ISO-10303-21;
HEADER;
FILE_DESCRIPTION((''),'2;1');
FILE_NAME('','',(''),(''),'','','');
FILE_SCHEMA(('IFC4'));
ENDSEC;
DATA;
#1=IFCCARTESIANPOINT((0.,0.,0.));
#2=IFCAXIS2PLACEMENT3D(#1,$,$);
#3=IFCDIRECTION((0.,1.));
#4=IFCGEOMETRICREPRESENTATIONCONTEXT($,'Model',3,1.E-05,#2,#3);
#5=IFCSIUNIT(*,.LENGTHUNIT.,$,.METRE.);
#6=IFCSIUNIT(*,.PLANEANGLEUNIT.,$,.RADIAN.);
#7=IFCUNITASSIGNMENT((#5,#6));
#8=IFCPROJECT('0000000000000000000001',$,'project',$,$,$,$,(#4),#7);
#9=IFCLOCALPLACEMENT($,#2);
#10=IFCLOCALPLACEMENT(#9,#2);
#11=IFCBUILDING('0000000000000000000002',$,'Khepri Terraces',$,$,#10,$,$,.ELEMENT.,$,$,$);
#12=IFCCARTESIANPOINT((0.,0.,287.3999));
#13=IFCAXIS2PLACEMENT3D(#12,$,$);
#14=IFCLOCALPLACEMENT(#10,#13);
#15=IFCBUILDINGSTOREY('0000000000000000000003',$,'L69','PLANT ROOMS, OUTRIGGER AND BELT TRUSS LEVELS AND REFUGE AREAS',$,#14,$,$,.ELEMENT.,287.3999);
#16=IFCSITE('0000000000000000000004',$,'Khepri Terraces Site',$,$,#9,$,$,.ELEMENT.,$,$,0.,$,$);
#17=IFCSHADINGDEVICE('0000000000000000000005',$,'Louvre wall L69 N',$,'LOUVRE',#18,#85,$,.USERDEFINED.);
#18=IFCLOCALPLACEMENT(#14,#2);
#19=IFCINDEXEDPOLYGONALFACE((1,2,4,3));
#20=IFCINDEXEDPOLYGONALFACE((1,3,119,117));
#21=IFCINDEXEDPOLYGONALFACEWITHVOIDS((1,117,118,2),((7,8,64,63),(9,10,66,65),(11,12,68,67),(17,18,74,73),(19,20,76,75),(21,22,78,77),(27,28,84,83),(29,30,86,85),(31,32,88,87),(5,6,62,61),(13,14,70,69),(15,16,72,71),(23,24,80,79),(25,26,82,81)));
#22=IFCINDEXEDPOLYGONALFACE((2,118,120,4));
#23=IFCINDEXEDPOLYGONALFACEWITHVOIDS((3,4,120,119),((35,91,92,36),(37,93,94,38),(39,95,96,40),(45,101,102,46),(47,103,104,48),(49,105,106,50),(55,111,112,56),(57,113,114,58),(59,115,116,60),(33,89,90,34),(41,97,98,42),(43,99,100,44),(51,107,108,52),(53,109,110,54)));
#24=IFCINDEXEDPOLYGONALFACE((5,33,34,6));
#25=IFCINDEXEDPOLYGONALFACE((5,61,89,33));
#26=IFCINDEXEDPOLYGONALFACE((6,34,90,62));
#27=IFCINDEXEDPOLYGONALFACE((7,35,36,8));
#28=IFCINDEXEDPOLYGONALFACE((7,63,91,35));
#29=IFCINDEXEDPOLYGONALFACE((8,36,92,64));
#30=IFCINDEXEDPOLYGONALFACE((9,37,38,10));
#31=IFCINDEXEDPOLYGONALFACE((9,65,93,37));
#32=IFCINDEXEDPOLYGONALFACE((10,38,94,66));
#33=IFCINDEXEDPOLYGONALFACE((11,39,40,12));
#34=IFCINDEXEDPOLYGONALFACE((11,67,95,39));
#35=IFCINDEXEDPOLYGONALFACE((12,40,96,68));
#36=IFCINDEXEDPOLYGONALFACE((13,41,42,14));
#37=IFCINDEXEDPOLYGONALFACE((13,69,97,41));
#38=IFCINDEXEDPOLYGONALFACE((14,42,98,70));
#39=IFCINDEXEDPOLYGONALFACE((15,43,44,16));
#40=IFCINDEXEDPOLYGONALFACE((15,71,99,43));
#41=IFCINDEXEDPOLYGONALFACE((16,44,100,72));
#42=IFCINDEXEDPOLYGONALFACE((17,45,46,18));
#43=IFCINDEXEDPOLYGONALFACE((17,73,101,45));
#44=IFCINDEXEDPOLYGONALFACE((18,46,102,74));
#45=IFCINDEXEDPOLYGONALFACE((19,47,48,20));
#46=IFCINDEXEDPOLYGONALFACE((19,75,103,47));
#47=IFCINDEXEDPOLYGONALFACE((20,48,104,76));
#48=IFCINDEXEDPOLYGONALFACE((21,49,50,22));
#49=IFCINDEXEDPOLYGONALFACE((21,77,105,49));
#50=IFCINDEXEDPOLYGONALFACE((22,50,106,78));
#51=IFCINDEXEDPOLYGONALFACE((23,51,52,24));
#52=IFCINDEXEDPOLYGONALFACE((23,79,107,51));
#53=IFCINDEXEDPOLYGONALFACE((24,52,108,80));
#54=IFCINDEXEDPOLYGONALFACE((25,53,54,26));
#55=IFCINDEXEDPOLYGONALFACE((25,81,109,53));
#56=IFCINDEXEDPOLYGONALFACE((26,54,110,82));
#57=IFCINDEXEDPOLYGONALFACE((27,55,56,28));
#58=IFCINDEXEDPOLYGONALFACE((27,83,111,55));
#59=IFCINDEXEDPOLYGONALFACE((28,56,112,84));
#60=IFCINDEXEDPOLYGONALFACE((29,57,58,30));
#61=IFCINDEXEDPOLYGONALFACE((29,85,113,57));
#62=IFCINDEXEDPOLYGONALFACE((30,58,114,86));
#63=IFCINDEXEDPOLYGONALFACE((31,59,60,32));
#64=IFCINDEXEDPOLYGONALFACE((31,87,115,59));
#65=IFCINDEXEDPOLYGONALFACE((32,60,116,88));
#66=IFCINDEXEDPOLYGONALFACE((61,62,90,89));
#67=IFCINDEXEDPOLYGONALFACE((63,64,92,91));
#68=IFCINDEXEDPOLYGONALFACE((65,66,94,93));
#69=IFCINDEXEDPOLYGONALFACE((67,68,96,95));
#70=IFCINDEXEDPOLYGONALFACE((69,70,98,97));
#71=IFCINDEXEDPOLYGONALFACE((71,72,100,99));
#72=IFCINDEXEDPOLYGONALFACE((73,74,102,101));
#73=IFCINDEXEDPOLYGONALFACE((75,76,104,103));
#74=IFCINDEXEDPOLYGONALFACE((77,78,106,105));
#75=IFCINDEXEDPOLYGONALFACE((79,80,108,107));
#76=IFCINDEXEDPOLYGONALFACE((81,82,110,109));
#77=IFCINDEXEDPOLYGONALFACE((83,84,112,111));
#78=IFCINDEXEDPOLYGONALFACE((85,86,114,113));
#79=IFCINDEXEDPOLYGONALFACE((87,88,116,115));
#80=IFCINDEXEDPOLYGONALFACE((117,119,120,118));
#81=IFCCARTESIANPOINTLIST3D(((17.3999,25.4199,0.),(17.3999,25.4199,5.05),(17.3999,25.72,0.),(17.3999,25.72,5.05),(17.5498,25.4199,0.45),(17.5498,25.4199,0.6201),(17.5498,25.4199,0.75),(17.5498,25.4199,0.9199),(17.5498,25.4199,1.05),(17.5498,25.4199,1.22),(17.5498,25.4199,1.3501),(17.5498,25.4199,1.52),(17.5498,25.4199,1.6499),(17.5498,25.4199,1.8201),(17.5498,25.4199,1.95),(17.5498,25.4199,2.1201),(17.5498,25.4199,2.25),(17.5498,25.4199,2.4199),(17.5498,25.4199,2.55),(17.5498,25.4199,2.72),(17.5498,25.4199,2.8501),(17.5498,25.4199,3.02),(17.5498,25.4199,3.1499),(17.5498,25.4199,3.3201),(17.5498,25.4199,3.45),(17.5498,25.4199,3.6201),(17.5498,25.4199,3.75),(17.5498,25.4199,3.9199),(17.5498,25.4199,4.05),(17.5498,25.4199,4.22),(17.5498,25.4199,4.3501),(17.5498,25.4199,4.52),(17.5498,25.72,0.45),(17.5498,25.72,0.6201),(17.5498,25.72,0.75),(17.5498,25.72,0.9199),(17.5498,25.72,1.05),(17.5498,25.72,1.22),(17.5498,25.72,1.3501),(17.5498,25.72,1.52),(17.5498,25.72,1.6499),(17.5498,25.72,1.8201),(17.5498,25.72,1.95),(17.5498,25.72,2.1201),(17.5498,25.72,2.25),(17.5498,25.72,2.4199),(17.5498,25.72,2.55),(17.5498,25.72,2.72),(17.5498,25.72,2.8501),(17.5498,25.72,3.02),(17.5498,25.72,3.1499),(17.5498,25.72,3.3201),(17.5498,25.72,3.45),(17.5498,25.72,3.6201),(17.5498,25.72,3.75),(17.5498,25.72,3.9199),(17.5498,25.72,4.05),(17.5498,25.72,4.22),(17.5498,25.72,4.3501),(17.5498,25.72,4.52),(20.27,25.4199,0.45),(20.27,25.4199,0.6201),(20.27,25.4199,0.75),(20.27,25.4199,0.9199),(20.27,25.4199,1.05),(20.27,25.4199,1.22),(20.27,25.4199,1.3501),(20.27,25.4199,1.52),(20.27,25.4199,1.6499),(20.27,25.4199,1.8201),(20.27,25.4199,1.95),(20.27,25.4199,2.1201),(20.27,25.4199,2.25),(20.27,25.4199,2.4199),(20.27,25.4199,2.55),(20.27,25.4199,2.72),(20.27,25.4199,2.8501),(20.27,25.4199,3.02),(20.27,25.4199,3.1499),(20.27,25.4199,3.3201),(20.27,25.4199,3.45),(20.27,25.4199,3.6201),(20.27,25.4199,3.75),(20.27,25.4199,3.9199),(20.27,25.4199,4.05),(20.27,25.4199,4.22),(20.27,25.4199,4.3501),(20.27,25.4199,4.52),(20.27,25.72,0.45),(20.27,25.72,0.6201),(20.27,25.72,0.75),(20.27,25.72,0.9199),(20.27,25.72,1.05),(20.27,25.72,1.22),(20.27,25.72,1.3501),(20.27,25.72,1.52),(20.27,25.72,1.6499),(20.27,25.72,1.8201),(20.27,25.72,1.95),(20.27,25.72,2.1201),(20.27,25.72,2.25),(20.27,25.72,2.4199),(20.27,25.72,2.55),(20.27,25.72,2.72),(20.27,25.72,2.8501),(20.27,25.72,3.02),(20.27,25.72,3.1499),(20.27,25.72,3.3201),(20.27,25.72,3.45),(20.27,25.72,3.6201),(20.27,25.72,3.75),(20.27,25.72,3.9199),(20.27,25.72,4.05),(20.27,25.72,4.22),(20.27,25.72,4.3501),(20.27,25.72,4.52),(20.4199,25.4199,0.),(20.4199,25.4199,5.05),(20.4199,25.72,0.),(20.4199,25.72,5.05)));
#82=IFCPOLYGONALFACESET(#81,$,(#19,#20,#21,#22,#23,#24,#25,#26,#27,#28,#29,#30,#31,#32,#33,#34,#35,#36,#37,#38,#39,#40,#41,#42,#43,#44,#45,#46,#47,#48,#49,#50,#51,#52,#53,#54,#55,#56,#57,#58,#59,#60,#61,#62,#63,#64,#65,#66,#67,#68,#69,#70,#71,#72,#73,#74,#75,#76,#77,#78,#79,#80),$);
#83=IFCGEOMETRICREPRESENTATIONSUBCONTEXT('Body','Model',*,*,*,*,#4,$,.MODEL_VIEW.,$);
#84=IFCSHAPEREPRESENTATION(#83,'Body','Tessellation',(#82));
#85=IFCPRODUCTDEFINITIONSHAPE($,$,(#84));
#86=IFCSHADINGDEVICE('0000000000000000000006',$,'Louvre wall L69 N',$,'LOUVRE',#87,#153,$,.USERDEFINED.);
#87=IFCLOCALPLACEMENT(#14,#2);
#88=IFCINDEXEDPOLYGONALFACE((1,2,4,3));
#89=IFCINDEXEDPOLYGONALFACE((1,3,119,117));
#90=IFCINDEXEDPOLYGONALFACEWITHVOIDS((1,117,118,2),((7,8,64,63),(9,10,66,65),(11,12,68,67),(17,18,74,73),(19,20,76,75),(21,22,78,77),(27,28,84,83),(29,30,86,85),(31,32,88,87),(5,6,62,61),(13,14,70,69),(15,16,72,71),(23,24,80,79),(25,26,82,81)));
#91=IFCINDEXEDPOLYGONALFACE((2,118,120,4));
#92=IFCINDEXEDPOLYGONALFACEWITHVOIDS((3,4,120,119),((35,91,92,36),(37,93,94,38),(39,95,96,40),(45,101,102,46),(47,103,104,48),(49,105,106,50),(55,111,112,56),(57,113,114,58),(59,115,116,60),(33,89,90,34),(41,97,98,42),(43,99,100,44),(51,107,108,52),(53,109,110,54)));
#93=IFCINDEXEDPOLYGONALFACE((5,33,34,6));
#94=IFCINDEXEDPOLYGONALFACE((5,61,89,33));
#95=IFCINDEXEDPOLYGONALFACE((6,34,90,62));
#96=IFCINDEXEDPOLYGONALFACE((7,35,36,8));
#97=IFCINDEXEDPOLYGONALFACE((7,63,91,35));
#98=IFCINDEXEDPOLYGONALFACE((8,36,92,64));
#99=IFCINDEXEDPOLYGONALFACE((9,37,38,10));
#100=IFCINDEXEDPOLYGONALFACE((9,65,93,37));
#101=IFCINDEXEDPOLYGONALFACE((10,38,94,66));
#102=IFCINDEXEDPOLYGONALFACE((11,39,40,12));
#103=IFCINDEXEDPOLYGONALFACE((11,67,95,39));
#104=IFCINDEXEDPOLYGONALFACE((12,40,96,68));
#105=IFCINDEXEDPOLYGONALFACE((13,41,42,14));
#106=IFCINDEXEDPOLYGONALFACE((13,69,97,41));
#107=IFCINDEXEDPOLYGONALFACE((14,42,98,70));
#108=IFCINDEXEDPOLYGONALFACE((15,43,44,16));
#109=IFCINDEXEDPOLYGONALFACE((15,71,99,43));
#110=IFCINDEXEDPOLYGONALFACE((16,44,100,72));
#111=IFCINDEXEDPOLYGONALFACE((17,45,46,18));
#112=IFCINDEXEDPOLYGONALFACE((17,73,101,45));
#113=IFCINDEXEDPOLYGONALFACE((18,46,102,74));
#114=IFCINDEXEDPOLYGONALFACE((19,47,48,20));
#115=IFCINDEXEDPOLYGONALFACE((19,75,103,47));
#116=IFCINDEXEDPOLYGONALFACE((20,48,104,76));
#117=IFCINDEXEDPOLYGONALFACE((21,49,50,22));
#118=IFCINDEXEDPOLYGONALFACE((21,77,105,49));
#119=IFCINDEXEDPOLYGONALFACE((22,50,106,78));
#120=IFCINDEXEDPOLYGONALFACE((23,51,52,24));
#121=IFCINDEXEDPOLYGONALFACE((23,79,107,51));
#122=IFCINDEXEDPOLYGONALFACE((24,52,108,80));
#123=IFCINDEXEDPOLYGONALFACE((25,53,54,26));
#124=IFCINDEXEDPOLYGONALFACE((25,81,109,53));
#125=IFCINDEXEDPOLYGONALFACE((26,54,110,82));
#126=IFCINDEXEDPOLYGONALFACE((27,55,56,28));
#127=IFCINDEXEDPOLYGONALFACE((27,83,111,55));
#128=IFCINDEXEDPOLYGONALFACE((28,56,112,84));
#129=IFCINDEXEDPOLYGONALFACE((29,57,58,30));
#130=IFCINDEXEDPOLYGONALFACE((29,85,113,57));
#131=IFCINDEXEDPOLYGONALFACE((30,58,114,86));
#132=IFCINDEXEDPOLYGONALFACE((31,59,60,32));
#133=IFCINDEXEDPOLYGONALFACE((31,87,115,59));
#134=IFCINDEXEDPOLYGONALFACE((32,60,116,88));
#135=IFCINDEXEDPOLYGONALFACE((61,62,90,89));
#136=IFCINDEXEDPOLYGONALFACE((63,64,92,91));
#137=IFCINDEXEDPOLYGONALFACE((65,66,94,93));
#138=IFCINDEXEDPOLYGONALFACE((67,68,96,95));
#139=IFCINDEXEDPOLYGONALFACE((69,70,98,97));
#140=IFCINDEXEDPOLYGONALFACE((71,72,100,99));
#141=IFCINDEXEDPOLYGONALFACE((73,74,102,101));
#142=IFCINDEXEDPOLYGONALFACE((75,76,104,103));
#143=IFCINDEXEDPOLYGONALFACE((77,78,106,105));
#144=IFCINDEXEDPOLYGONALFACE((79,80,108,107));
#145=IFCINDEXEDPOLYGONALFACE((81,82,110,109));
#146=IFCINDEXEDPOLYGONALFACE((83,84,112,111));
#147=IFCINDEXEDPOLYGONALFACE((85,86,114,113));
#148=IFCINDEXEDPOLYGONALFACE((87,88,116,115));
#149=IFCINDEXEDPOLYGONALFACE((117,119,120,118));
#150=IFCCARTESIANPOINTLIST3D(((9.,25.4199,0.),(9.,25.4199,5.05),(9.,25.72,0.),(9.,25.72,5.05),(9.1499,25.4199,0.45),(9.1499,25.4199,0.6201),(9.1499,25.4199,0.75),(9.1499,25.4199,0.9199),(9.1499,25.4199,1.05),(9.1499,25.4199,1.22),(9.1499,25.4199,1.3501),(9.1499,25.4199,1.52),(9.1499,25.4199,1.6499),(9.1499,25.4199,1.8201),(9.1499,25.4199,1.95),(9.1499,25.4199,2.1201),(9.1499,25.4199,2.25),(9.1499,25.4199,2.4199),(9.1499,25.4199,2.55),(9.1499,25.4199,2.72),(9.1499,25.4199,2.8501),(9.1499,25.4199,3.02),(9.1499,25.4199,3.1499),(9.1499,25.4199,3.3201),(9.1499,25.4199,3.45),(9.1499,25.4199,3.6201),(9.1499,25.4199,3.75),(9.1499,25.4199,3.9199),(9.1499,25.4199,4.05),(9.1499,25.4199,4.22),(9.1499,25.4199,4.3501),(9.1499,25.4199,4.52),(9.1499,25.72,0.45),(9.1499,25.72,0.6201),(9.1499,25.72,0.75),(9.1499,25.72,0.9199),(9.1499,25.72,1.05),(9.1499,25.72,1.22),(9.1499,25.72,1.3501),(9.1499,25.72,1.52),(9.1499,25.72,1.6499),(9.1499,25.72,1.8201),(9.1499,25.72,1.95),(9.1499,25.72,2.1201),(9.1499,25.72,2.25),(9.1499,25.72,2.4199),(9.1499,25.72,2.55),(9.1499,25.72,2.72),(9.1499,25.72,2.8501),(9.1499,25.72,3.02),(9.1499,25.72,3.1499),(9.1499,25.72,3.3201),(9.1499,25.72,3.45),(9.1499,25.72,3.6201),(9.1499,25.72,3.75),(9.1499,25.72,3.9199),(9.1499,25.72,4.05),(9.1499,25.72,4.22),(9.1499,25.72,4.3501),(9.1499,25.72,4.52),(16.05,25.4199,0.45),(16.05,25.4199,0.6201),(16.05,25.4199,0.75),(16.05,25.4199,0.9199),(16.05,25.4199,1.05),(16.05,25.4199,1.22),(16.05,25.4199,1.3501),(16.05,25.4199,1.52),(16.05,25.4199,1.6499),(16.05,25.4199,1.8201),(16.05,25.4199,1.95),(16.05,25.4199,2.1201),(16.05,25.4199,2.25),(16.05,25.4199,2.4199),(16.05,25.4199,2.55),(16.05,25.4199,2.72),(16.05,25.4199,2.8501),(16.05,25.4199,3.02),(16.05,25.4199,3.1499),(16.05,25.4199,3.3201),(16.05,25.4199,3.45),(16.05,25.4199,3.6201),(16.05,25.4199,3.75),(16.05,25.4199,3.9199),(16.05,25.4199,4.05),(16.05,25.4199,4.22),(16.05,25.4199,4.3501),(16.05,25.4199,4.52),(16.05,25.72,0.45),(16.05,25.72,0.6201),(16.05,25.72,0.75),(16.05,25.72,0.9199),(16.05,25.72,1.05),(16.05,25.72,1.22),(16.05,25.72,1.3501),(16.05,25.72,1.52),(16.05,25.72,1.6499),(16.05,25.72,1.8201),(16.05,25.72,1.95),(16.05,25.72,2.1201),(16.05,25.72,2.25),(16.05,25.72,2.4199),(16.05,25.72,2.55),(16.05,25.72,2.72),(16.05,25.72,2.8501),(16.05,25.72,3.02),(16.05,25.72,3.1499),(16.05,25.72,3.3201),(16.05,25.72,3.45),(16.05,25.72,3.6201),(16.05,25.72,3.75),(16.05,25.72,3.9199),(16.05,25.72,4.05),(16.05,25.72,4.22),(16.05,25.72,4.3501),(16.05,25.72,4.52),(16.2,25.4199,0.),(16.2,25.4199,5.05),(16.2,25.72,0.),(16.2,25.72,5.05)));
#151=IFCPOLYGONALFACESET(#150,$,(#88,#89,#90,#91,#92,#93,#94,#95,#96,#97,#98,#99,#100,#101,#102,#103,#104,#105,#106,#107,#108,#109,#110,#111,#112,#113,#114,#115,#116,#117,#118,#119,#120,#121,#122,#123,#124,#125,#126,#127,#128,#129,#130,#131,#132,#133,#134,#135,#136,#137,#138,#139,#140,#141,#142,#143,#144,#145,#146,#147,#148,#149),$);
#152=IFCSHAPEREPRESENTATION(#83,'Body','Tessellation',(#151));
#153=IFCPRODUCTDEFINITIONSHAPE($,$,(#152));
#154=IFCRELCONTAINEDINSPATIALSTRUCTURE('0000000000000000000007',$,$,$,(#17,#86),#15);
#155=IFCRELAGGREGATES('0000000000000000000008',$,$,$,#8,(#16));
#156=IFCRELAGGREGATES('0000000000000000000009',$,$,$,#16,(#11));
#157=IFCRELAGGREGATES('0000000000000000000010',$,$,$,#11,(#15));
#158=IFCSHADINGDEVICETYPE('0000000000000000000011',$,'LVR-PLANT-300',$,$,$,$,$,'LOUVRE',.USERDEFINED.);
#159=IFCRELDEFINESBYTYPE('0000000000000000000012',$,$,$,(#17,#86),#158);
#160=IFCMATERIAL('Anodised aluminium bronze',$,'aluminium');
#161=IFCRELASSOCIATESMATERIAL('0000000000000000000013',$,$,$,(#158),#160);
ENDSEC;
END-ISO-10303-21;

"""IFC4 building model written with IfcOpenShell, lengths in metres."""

from ifc_helpers import new_model, si_unit, direction, frame, origin, place, context, subcontext, project, spatial, polyline, outline, extrude, material, type_object, element, save


model = new_model("IFC4")

# Units and contexts
model_context = context("Model", 3, precision=1e-05, world=origin(), true_north=direction((0.0, 1.0)))
body_context = subcontext(model_context, "Body", "Model", "MODEL_VIEW")
ifc_project = project(units=[si_unit("LENGTHUNIT", "METRE"), si_unit("PLANEANGLEUNIT", "RADIAN")], contexts=[model_context])

# Site, building, storey
site_placement = place(None, origin())
site = spatial("IfcSite", under=ifc_project, at=site_placement, Name="Khepri Terraces Site", CompositionType="ELEMENT", RefElevation=0.0)
building_placement = place(site_placement, origin())
building = spatial("IfcBuilding", under=site, at=building_placement, Name="Khepri Terraces", CompositionType="ELEMENT")
storey_placement = place(building_placement, frame((0.0, 0.0, 287.3999)))
storey = spatial("IfcBuildingStorey", under=building, at=storey_placement, Name="L69", Description="PLANT ROOMS, OUTRIGGER AND BELT TRUSS LEVELS AND REFUGE AREAS", CompositionType="ELEMENT", Elevation=287.3999)

# Shading devices
ifc_material_1 = material(Name="Anodised aluminium bronze", Category="aluminium")
shading_device_type = type_object("IfcShadingDeviceType", Name="LVR-PLANT-300", ElementType="LOUVRE", PredefinedType="USERDEFINED", material=ifc_material_1)
shading_device_1_placement = place(storey_placement, frame((20.4199, 25.4199, 0.0), z_axis=(0.0, 1.0, 0.0), x_axis=(-1.0, 0.0, 0.0)))
element("IfcShadingDevice", 1, at=shading_device_1_placement, inside=storey, type_object=shading_device_type, Name="Louvre wall L69 N", ObjectType="LOUVRE", PredefinedType="USERDEFINED", context=body_context, shape_type="SweptSolid", body=[
    extrude(outline(polyline([(0.0, 0.0), (3.02, 0.0), (3.02, 5.05), (0.0, 5.05), (0.0, 0.0)]), holes=[polyline([(0.1499, 0.45), (2.8701, 0.45), (2.8701, 0.6201), (0.1499, 0.6201), (0.1499, 0.45)]), polyline([(0.1499, 0.75), (2.8701, 0.75), (2.8701, 0.9199), (0.1499, 0.9199), (0.1499, 0.75)]), polyline([(0.1499, 1.05), (2.8701, 1.05), (2.8701, 1.22), (0.1499, 1.22), (0.1499, 1.05)]), polyline([(0.1499, 1.3501), (2.8701, 1.3501), (2.8701, 1.52), (0.1499, 1.52), (0.1499, 1.3501)]), polyline([(0.1499, 1.6499), (2.8701, 1.6499), (2.8701, 1.8201), (0.1499, 1.8201), (0.1499, 1.6499)]), polyline([(0.1499, 1.95), (2.8701, 1.95), (2.8701, 2.1201), (0.1499, 2.1201), (0.1499, 1.95)]), polyline([(0.1499, 2.25), (2.8701, 2.25), (2.8701, 2.4199), (0.1499, 2.4199), (0.1499, 2.25)]), polyline([(0.1499, 2.55), (2.8701, 2.55), (2.8701, 2.72), (0.1499, 2.72), (0.1499, 2.55)]), polyline([(0.1499, 2.8501), (2.8701, 2.8501), (2.8701, 3.02), (0.1499, 3.02), (0.1499, 2.8501)]), polyline([(0.1499, 3.1499), (2.8701, 3.1499), (2.8701, 3.3201), (0.1499, 3.3201), (0.1499, 3.1499)]), polyline([(0.1499, 3.45), (2.8701, 3.45), (2.8701, 3.6201), (0.1499, 3.6201), (0.1499, 3.45)]), polyline([(0.1499, 3.75), (2.8701, 3.75), (2.8701, 3.9199), (0.1499, 3.9199), (0.1499, 3.75)]), polyline([(0.1499, 4.05), (2.8701, 4.05), (2.8701, 4.22), (0.1499, 4.22), (0.1499, 4.05)]), polyline([(0.1499, 4.3501), (2.8701, 4.3501), (2.8701, 4.52), (0.1499, 4.52), (0.1499, 4.3501)])]), origin(), (0.0, 0.0, 1.0), 0.3),
])
shading_device_2_placement = place(storey_placement, frame((16.2, 25.4199, 0.0), z_axis=(0.0, 1.0, 0.0), x_axis=(-1.0, 0.0, 0.0)))
element("IfcShadingDevice", 2, at=shading_device_2_placement, inside=storey, type_object=shading_device_type, Name="Louvre wall L69 N", ObjectType="LOUVRE", PredefinedType="USERDEFINED", context=body_context, shape_type="SweptSolid", body=[
    extrude(outline(polyline([(0.0, 0.0), (7.2, 0.0), (7.2, 5.05), (0.0, 5.05), (0.0, 0.0)]), holes=[polyline([(0.1499, 0.45), (7.05, 0.45), (7.05, 0.6201), (0.1499, 0.6201), (0.1499, 0.45)]), polyline([(0.1499, 0.75), (7.05, 0.75), (7.05, 0.9199), (0.1499, 0.9199), (0.1499, 0.75)]), polyline([(0.1499, 1.05), (7.05, 1.05), (7.05, 1.22), (0.1499, 1.22), (0.1499, 1.05)]), polyline([(0.1499, 1.3501), (7.05, 1.3501), (7.05, 1.52), (0.1499, 1.52), (0.1499, 1.3501)]), polyline([(0.1499, 1.6499), (7.05, 1.6499), (7.05, 1.8201), (0.1499, 1.8201), (0.1499, 1.6499)]), polyline([(0.1499, 1.95), (7.05, 1.95), (7.05, 2.1201), (0.1499, 2.1201), (0.1499, 1.95)]), polyline([(0.1499, 2.25), (7.05, 2.25), (7.05, 2.4199), (0.1499, 2.4199), (0.1499, 2.25)]), polyline([(0.1499, 2.55), (7.05, 2.55), (7.05, 2.72), (0.1499, 2.72), (0.1499, 2.55)]), polyline([(0.1499, 2.8501), (7.05, 2.8501), (7.05, 3.02), (0.1499, 3.02), (0.1499, 2.8501)]), polyline([(0.1499, 3.1499), (7.05, 3.1499), (7.05, 3.3201), (0.1499, 3.3201), (0.1499, 3.1499)]), polyline([(0.1499, 3.45), (7.05, 3.45), (7.05, 3.6201), (0.1499, 3.6201), (0.1499, 3.45)]), polyline([(0.1499, 3.75), (7.05, 3.75), (7.05, 3.9199), (0.1499, 3.9199), (0.1499, 3.75)]), polyline([(0.1499, 4.05), (7.05, 4.05), (7.05, 4.22), (0.1499, 4.22), (0.1499, 4.05)]), polyline([(0.1499, 4.3501), (7.05, 4.3501), (7.05, 4.52), (0.1499, 4.52), (0.1499, 4.3501)])]), origin(), (0.0, 0.0, 1.0), 0.3),
])

save(model, "model.ifc")
